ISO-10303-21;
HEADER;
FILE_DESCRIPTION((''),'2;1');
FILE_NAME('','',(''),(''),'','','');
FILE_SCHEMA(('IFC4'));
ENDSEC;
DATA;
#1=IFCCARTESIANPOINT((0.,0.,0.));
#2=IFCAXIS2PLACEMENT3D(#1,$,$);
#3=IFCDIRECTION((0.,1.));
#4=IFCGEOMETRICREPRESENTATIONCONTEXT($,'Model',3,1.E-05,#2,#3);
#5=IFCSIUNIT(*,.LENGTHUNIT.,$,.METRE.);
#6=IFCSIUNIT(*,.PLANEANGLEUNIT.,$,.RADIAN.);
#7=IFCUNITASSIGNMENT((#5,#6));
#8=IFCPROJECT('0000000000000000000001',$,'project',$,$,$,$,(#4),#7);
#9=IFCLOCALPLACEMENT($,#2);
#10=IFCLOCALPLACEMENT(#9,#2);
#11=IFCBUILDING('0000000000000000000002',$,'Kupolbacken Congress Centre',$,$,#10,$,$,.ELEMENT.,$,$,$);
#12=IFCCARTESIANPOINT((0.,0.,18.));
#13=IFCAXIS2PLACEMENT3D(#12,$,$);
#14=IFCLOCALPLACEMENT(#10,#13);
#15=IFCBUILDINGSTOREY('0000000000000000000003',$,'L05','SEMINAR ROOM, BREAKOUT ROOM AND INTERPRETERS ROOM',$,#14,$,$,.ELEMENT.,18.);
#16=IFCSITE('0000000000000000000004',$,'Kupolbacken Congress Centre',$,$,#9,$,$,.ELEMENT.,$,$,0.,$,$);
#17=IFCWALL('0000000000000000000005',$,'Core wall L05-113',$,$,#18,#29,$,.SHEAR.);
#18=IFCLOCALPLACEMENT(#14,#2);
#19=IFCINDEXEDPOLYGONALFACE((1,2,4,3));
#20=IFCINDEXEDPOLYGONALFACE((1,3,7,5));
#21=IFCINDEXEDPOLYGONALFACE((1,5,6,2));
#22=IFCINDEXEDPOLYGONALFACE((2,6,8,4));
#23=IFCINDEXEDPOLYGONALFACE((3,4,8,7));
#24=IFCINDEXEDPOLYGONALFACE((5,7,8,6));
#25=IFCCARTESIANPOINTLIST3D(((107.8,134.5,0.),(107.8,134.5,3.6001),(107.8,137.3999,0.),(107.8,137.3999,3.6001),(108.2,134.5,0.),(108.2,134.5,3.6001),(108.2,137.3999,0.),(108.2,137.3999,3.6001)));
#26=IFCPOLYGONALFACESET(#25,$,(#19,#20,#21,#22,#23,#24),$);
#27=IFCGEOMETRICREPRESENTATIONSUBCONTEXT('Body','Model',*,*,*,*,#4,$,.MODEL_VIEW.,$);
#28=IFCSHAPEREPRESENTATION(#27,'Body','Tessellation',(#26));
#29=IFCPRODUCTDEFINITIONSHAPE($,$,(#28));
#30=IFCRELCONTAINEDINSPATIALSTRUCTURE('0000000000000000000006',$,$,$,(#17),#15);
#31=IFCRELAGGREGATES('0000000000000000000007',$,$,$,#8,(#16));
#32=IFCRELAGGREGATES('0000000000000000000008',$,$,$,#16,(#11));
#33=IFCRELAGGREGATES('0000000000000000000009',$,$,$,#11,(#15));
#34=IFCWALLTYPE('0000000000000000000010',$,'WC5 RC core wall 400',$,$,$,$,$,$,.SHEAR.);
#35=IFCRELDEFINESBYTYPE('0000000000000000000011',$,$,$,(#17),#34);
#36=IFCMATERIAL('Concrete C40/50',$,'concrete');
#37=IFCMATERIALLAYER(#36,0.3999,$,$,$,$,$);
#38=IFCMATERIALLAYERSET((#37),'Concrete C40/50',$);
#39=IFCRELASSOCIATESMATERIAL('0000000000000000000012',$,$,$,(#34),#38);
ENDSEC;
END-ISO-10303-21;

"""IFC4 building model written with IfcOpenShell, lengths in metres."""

from ifc_helpers import new_model, si_unit, direction, frame, frame_2d, origin, place, context, subcontext, project, spatial, rectangle, extrude, material, layer, layer_set, type_object, element, save


model = new_model("IFC4")

# Units and contexts
model_context = context("Model", 3, precision=1e-05, world=origin(), true_north=direction((0.0, 1.0)))
body_context = subcontext(model_context, "Body", "Model", "MODEL_VIEW")
ifc_project = project(units=[si_unit("LENGTHUNIT", "METRE"), si_unit("PLANEANGLEUNIT", "RADIAN")], contexts=[model_context])

# Site, building, storey
site_placement = place(None, origin())
site = spatial("IfcSite", under=ifc_project, at=site_placement, Name="Kupolbacken Congress Centre", CompositionType="ELEMENT", RefElevation=0.0)
building_placement = place(site_placement, origin())
building = spatial("IfcBuilding", under=site, at=building_placement, Name="Kupolbacken Congress Centre", CompositionType="ELEMENT")
storey_placement = place(building_placement, frame((0.0, 0.0, 18.0)))
storey = spatial("IfcBuildingStorey", under=building, at=storey_placement, Name="L05", Description="SEMINAR ROOM, BREAKOUT ROOM AND INTERPRETERS ROOM", CompositionType="ELEMENT", Elevation=18.0)

# Wall
ifc_material_1 = material(Name="Concrete C40/50", Category="concrete")
ifc_layer_1 = layer(ifc_material_1, 0.3999)
ifc_layer_set_1 = layer_set([ifc_layer_1], Name="Concrete C40/50")
wall_type_1 = type_object("IfcWallType", Name="WC5 RC core wall 400", PredefinedType="SHEAR", material=ifc_layer_set_1)
wall_1_placement = place(storey_placement, frame((108.0, 134.5, 0.0), z_axis=(0.0, 0.0, 1.0), x_axis=(0.0, 1.0, 0.0)))
element("IfcWall", 1, at=wall_1_placement, inside=storey, type_object=wall_type_1, Name="Core wall L05-113", PredefinedType="SHEAR", context=body_context, shape_type="SweptSolid", body=[
    extrude(rectangle(XDim=2.8999, YDim=0.3999, at=frame_2d((1.45, 0.0))), origin(), (0.0, 0.0, 1.0), 3.6001),
])

save(model, "model.ifc")
